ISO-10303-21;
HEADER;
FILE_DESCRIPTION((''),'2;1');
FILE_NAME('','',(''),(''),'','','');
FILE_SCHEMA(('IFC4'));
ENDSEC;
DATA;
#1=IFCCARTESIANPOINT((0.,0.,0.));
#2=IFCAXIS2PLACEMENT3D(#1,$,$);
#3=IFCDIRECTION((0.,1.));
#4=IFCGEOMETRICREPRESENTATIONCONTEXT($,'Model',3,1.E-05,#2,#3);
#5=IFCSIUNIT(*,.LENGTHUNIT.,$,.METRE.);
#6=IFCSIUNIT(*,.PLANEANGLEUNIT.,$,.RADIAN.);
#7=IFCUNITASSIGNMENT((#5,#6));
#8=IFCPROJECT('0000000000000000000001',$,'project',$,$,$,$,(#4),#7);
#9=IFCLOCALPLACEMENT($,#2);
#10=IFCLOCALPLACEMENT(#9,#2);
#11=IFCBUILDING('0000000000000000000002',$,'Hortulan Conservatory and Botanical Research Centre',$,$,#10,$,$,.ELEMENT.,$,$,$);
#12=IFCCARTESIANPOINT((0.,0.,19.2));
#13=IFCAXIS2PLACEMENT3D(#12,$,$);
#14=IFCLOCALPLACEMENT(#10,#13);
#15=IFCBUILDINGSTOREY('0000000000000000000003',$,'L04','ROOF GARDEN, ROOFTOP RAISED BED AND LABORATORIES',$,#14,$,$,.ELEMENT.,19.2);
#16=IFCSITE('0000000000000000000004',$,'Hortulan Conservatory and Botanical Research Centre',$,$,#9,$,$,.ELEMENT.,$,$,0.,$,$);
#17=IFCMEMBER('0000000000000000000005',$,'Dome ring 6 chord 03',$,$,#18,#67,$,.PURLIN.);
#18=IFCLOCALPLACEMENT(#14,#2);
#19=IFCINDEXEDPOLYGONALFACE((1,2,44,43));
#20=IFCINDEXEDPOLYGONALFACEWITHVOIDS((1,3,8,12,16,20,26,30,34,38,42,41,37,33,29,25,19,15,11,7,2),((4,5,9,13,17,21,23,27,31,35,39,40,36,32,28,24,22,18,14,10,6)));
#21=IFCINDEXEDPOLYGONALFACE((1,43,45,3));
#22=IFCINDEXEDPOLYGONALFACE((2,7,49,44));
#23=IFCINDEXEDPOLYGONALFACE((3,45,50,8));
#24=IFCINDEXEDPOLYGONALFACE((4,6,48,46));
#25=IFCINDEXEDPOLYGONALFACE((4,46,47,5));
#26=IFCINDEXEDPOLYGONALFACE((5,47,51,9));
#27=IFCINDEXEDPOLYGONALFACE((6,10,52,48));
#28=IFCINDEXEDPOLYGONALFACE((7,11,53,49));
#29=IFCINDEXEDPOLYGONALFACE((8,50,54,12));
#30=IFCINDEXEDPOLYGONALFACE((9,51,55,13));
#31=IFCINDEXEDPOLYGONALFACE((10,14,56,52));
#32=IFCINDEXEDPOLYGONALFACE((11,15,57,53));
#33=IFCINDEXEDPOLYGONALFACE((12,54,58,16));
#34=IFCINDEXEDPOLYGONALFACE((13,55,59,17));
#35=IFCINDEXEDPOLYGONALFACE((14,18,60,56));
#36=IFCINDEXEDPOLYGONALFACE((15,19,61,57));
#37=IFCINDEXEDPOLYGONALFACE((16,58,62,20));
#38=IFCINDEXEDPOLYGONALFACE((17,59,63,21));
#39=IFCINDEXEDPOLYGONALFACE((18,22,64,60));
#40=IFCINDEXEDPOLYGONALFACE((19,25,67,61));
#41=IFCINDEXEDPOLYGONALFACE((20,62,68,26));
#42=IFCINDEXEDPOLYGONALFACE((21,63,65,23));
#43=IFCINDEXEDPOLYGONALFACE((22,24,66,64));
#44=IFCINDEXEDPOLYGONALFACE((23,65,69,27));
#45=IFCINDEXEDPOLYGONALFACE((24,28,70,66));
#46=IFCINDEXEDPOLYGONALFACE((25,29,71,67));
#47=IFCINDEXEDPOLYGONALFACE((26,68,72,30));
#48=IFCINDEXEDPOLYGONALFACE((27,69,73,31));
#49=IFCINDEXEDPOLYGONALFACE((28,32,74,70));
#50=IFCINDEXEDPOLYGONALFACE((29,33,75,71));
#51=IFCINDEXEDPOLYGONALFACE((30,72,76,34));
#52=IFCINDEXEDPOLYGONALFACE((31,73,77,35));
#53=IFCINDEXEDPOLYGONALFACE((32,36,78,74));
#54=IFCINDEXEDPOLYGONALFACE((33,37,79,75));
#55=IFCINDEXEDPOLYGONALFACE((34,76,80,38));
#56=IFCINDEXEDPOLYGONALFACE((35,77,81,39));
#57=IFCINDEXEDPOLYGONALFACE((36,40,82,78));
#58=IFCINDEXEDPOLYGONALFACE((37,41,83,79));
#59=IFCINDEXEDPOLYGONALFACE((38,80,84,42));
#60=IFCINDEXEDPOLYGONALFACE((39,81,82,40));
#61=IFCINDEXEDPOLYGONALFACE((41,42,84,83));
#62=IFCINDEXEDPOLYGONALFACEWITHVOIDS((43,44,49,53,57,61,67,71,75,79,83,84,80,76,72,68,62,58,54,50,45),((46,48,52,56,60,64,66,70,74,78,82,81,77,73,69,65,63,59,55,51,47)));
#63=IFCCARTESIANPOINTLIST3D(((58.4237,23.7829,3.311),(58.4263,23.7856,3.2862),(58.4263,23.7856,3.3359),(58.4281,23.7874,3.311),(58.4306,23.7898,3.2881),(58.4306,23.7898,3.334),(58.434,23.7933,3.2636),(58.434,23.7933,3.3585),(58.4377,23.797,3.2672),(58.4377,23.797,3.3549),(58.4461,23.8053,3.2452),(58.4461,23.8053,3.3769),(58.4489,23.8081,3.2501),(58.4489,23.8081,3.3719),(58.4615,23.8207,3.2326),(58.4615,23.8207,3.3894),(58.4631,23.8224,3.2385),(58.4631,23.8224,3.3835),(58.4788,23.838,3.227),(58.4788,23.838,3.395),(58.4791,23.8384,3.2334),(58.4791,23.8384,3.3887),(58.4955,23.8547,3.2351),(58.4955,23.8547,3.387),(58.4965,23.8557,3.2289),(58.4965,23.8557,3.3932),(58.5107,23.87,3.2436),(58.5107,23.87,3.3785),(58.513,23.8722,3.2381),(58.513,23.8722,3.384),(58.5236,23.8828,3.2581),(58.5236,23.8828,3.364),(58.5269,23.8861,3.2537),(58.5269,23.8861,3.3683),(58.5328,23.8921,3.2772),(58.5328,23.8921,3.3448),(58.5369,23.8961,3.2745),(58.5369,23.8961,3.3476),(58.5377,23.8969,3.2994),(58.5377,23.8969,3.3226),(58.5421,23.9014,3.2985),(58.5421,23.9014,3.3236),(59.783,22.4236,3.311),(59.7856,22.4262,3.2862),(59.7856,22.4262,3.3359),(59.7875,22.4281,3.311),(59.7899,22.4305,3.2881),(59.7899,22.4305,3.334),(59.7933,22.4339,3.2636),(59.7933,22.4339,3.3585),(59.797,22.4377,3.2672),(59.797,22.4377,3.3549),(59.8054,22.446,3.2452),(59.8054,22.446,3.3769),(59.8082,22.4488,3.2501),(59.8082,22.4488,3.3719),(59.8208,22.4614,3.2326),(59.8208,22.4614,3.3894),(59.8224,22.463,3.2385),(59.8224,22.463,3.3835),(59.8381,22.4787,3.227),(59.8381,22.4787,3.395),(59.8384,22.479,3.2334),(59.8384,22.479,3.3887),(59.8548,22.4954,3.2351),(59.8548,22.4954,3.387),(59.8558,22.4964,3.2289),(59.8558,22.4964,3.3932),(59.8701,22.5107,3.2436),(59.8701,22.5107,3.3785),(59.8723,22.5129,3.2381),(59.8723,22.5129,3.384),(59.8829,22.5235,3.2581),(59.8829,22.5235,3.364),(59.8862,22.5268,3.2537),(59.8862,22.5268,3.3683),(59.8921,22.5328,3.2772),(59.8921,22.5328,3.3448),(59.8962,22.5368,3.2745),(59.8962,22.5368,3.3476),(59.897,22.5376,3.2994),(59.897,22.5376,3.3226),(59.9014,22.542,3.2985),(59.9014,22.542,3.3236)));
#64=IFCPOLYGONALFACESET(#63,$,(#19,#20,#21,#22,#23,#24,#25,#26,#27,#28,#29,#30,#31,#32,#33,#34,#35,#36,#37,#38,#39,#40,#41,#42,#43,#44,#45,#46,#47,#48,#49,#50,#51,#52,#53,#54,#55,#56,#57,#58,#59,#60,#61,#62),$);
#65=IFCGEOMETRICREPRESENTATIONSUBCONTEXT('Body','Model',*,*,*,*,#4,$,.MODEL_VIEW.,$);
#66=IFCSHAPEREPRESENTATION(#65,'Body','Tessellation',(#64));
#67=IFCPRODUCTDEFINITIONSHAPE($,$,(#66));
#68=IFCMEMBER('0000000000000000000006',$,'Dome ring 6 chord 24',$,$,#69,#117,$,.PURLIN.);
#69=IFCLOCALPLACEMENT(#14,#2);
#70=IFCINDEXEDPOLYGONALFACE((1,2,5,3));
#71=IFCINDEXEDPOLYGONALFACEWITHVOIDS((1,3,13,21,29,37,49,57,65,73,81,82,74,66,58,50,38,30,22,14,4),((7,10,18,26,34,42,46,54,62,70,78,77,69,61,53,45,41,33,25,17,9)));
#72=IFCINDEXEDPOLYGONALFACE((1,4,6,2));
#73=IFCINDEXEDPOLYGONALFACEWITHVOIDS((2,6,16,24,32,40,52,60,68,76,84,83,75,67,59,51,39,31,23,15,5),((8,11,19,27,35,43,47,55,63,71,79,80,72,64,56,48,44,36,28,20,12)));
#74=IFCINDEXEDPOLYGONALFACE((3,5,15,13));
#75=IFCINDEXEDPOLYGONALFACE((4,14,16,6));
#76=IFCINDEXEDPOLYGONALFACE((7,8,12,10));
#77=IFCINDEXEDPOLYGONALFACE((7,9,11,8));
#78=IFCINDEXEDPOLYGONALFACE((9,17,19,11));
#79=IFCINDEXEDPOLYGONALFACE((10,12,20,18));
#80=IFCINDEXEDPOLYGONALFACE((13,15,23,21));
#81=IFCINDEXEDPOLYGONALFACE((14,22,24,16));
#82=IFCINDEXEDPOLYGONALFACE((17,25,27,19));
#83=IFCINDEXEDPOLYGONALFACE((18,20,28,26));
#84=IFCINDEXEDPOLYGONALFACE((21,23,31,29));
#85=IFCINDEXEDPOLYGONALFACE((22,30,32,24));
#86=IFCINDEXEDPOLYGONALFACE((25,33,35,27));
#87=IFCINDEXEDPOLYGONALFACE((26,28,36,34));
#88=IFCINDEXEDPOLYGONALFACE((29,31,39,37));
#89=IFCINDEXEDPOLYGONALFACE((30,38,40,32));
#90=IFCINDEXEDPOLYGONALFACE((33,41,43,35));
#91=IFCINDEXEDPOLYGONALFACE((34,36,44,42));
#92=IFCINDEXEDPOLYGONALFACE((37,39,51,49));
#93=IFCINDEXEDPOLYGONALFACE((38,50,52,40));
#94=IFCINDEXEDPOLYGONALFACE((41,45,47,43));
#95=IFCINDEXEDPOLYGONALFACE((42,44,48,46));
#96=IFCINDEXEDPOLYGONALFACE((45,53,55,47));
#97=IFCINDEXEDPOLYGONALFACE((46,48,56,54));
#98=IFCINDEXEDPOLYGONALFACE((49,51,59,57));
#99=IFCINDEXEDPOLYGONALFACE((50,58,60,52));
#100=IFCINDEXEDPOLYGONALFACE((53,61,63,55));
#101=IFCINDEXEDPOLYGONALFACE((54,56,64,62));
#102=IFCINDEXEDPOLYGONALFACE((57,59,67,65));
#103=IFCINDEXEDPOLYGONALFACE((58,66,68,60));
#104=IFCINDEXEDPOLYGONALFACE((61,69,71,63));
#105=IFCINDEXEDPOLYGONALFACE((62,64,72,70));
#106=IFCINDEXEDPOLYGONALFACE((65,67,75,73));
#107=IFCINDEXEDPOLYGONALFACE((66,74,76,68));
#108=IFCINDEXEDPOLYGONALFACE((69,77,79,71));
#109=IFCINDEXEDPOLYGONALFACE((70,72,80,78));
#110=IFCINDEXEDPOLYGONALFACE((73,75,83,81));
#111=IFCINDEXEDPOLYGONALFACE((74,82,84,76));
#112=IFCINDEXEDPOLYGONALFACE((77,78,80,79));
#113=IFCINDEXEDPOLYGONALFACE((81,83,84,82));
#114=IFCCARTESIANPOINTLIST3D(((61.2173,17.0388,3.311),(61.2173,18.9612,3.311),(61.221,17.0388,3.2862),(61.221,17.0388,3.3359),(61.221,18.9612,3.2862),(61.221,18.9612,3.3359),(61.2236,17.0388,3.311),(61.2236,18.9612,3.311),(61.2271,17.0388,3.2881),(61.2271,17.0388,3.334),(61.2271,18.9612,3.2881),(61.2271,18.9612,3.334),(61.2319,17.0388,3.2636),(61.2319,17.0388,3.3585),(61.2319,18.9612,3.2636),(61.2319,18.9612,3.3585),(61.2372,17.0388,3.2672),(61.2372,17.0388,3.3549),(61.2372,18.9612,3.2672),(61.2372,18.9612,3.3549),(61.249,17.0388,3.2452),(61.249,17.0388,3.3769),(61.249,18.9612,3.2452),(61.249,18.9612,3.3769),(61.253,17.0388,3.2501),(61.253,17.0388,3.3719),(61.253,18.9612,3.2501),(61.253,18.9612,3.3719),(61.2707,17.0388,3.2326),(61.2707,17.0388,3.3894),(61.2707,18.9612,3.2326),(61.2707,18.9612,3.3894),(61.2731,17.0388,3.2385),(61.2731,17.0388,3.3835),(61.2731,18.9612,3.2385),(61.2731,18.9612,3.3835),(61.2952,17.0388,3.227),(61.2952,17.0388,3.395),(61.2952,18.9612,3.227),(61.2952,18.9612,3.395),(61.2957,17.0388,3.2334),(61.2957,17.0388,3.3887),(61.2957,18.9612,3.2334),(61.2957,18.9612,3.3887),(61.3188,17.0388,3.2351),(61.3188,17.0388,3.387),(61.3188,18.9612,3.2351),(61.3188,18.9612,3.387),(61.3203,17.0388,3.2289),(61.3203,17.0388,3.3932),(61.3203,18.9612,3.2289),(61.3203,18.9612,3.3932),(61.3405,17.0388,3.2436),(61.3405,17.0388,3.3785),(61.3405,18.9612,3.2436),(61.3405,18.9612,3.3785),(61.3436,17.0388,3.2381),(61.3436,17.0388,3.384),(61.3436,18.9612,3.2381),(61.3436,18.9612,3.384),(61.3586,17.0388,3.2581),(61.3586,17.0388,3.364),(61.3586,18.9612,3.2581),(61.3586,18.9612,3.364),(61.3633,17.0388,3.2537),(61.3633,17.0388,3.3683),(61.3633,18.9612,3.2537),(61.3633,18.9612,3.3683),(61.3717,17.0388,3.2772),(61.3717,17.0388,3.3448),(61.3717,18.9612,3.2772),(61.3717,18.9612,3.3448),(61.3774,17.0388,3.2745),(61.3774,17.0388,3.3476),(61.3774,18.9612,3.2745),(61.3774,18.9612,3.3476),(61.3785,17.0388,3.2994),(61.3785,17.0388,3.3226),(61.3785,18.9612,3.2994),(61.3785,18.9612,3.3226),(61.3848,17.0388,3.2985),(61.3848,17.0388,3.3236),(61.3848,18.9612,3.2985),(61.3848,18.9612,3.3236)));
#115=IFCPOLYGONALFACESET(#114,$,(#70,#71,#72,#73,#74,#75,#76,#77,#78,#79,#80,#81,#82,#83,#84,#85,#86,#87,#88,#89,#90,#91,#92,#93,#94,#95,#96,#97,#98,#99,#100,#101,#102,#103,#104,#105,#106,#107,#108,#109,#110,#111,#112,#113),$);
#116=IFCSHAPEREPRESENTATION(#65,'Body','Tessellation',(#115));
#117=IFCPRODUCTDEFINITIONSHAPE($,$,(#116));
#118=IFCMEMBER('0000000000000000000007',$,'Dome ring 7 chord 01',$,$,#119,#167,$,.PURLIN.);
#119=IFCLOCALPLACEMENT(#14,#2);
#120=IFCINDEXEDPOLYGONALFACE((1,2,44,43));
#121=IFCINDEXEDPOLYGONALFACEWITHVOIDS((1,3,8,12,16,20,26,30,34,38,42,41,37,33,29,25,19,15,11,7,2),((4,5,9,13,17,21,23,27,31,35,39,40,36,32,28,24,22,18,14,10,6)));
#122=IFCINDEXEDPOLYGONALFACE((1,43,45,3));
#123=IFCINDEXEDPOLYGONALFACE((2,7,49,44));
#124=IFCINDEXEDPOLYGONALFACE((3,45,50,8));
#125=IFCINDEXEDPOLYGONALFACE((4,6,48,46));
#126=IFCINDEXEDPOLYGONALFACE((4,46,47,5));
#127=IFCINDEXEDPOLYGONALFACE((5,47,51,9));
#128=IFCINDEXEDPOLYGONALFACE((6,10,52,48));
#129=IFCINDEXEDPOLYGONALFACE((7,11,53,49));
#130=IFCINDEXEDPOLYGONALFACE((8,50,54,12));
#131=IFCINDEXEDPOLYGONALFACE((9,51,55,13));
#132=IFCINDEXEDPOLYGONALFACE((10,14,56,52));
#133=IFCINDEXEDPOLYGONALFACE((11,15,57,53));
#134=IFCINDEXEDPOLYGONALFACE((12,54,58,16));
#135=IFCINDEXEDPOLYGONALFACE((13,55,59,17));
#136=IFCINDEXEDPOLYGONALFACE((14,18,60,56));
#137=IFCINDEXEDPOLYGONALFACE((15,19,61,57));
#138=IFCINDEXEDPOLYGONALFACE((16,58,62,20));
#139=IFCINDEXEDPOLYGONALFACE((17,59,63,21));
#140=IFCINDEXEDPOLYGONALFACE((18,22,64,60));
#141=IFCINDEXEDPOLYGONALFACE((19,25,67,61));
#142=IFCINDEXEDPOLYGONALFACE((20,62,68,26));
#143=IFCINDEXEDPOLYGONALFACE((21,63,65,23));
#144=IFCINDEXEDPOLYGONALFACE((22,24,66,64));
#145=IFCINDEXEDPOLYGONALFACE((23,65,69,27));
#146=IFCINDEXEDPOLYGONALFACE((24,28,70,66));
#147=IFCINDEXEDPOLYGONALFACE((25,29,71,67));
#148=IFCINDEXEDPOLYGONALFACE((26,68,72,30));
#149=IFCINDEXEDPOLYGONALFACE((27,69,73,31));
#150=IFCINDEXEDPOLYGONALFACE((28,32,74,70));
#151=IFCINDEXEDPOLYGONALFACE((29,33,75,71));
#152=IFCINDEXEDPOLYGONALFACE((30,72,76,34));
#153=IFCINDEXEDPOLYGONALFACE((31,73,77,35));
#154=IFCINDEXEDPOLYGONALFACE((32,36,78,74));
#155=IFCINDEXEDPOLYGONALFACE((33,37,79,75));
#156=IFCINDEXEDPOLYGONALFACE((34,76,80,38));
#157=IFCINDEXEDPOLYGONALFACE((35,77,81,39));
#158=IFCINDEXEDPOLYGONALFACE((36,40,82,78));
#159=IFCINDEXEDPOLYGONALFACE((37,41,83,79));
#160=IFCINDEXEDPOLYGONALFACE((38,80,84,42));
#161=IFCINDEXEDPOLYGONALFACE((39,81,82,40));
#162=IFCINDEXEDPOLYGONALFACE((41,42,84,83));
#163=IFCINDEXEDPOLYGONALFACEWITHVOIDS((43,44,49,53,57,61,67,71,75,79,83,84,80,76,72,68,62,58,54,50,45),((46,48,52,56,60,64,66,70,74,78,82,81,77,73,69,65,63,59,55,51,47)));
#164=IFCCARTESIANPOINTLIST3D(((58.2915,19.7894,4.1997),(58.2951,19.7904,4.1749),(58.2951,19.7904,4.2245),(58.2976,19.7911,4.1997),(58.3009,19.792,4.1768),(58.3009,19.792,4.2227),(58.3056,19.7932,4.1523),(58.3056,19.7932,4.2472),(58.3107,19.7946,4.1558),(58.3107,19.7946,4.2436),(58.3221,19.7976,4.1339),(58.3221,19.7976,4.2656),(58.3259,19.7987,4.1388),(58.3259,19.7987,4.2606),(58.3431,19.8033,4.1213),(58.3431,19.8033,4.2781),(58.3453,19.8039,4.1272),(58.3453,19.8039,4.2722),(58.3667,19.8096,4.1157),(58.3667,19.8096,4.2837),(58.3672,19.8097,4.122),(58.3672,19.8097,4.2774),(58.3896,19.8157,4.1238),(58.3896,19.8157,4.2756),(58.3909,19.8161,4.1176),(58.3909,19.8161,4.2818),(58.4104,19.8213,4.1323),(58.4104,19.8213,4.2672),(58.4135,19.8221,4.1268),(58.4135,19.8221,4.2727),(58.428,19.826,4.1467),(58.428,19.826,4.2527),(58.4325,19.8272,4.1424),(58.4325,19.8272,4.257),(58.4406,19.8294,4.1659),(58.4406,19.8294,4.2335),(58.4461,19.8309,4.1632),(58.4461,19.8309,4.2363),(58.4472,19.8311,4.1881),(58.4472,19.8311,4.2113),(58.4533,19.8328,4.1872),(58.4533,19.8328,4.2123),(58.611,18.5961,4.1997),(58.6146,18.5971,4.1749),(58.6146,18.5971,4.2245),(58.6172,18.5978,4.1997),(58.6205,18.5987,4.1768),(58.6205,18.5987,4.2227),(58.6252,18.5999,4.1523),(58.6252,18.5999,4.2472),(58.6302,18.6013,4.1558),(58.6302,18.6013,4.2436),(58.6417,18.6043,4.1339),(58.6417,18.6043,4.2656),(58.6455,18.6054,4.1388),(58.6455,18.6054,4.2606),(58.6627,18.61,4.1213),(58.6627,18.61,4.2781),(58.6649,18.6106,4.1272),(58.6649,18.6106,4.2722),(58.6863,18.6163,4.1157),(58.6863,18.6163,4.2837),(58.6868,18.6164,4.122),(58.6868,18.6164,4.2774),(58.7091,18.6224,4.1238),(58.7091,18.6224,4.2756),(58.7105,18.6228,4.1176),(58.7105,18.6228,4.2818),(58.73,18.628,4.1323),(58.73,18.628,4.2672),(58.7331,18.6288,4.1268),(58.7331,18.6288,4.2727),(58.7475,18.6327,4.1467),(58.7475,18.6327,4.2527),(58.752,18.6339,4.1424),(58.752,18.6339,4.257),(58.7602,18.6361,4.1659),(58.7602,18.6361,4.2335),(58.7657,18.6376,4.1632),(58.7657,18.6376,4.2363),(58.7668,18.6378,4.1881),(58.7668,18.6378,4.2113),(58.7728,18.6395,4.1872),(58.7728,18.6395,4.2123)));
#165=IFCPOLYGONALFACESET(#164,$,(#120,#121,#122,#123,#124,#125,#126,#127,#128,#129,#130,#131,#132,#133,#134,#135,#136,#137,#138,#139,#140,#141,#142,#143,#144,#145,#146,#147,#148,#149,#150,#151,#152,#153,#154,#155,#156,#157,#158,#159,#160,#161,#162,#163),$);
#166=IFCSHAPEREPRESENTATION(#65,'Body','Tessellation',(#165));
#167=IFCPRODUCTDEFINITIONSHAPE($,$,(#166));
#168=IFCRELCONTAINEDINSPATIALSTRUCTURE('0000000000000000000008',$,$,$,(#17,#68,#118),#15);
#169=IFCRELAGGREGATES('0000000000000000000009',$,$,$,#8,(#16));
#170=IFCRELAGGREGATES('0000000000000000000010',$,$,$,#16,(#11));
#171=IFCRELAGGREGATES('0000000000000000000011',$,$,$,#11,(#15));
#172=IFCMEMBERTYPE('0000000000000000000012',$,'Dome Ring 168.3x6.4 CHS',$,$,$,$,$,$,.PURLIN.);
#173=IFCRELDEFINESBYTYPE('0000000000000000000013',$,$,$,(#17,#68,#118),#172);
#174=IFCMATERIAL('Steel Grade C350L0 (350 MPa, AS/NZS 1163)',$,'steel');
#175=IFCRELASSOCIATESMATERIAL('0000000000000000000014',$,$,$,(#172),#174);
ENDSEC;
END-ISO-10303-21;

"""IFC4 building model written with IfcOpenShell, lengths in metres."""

from ifc_helpers import new_model, si_unit, direction, frame, origin, origin_2d, place, context, subcontext, project, spatial, hollow_circle, extrude, material, material_profile, profile_set, type_object, element, save


model = new_model("IFC4")

# Units and contexts
model_context = context("Model", 3, precision=1e-05, world=origin(), true_north=direction((0.0, 1.0)))
body_context = subcontext(model_context, "Body", "Model", "MODEL_VIEW")
ifc_project = project(units=[si_unit("LENGTHUNIT", "METRE"), si_unit("PLANEANGLEUNIT", "RADIAN")], contexts=[model_context])

# Site, building, storey
site_placement = place(None, origin())
site = spatial("IfcSite", under=ifc_project, at=site_placement, Name="Hortulan Conservatory and Botanical Research Centre", CompositionType="ELEMENT", RefElevation=0.0)
building_placement = place(site_placement, origin())
building = spatial("IfcBuilding", under=site, at=building_placement, Name="Hortulan Conservatory and Botanical Research Centre", CompositionType="ELEMENT")
storey_placement = place(building_placement, frame((0.0, 0.0, 19.2)))
storey = spatial("IfcBuildingStorey", under=building, at=storey_placement, Name="L04", Description="ROOF GARDEN, ROOFTOP RAISED BED AND LABORATORIES", CompositionType="ELEMENT", Elevation=19.2)

# Shared definitions
ifc_material_1 = material(Name="Steel Grade C350L0 (350 MPa, AS/NZS 1163)", Category="steel")

# Members
ifc_material_profile_1 = material_profile(ifc_material_1, hollow_circle(Radius=0.0842, WallThickness=0.0063, at=origin_2d()), Name="168.3x6.4CHS")
ifc_profile_set_1 = profile_set([ifc_material_profile_1], Name="Steel Grade C350L0 (350 MPa, AS/NZS 1163)")
member_type_1 = type_object("IfcMemberType", Name="Dome Ring 168.3x6.4 CHS", PredefinedType="PURLIN", material=ifc_profile_set_1)
for number, where, z_axis, x_axis, name in (
    (1, (59.8425, 22.4832, 3.311), (-0.707107, 0.707107, 0.0), (-0.707107, -0.707107, 0.0), "Dome ring 6 chord 03"),
    (2, (61.3015, 17.0388, 3.311), (0.0, 1.0, 0.0), (-1.0, 0.0, 0.0), "Dome ring 6 chord 24"),
):
    element("IfcMember", number, at=place(storey_placement, frame(where, z_axis=z_axis, x_axis=x_axis)), inside=storey, type_object=member_type_1, Name=name, PredefinedType="PURLIN", context=body_context, shape_type="SweptSolid", body=[
        extrude(hollow_circle(Radius=0.0842, WallThickness=0.0063, at=origin_2d()), origin(), (0.0, 0.0, 1.0), 1.9224),
    ])
member_1_placement = place(storey_placement, frame((58.6924, 18.6179, 4.1997), z_axis=(-0.258683, 0.965962, 0.0), x_axis=(-0.965962, -0.258683, 0.0)))
element("IfcMember", 3, at=member_1_placement, inside=storey, type_object=member_type_1, Name="Dome ring 7 chord 01", PredefinedType="PURLIN", context=body_context, shape_type="SweptSolid", body=[
    extrude(hollow_circle(Radius=0.0842, WallThickness=0.0063, at=origin_2d()), origin(), (0.0, 0.0, 1.0), 1.2354),
])

save(model, "model.ifc")
